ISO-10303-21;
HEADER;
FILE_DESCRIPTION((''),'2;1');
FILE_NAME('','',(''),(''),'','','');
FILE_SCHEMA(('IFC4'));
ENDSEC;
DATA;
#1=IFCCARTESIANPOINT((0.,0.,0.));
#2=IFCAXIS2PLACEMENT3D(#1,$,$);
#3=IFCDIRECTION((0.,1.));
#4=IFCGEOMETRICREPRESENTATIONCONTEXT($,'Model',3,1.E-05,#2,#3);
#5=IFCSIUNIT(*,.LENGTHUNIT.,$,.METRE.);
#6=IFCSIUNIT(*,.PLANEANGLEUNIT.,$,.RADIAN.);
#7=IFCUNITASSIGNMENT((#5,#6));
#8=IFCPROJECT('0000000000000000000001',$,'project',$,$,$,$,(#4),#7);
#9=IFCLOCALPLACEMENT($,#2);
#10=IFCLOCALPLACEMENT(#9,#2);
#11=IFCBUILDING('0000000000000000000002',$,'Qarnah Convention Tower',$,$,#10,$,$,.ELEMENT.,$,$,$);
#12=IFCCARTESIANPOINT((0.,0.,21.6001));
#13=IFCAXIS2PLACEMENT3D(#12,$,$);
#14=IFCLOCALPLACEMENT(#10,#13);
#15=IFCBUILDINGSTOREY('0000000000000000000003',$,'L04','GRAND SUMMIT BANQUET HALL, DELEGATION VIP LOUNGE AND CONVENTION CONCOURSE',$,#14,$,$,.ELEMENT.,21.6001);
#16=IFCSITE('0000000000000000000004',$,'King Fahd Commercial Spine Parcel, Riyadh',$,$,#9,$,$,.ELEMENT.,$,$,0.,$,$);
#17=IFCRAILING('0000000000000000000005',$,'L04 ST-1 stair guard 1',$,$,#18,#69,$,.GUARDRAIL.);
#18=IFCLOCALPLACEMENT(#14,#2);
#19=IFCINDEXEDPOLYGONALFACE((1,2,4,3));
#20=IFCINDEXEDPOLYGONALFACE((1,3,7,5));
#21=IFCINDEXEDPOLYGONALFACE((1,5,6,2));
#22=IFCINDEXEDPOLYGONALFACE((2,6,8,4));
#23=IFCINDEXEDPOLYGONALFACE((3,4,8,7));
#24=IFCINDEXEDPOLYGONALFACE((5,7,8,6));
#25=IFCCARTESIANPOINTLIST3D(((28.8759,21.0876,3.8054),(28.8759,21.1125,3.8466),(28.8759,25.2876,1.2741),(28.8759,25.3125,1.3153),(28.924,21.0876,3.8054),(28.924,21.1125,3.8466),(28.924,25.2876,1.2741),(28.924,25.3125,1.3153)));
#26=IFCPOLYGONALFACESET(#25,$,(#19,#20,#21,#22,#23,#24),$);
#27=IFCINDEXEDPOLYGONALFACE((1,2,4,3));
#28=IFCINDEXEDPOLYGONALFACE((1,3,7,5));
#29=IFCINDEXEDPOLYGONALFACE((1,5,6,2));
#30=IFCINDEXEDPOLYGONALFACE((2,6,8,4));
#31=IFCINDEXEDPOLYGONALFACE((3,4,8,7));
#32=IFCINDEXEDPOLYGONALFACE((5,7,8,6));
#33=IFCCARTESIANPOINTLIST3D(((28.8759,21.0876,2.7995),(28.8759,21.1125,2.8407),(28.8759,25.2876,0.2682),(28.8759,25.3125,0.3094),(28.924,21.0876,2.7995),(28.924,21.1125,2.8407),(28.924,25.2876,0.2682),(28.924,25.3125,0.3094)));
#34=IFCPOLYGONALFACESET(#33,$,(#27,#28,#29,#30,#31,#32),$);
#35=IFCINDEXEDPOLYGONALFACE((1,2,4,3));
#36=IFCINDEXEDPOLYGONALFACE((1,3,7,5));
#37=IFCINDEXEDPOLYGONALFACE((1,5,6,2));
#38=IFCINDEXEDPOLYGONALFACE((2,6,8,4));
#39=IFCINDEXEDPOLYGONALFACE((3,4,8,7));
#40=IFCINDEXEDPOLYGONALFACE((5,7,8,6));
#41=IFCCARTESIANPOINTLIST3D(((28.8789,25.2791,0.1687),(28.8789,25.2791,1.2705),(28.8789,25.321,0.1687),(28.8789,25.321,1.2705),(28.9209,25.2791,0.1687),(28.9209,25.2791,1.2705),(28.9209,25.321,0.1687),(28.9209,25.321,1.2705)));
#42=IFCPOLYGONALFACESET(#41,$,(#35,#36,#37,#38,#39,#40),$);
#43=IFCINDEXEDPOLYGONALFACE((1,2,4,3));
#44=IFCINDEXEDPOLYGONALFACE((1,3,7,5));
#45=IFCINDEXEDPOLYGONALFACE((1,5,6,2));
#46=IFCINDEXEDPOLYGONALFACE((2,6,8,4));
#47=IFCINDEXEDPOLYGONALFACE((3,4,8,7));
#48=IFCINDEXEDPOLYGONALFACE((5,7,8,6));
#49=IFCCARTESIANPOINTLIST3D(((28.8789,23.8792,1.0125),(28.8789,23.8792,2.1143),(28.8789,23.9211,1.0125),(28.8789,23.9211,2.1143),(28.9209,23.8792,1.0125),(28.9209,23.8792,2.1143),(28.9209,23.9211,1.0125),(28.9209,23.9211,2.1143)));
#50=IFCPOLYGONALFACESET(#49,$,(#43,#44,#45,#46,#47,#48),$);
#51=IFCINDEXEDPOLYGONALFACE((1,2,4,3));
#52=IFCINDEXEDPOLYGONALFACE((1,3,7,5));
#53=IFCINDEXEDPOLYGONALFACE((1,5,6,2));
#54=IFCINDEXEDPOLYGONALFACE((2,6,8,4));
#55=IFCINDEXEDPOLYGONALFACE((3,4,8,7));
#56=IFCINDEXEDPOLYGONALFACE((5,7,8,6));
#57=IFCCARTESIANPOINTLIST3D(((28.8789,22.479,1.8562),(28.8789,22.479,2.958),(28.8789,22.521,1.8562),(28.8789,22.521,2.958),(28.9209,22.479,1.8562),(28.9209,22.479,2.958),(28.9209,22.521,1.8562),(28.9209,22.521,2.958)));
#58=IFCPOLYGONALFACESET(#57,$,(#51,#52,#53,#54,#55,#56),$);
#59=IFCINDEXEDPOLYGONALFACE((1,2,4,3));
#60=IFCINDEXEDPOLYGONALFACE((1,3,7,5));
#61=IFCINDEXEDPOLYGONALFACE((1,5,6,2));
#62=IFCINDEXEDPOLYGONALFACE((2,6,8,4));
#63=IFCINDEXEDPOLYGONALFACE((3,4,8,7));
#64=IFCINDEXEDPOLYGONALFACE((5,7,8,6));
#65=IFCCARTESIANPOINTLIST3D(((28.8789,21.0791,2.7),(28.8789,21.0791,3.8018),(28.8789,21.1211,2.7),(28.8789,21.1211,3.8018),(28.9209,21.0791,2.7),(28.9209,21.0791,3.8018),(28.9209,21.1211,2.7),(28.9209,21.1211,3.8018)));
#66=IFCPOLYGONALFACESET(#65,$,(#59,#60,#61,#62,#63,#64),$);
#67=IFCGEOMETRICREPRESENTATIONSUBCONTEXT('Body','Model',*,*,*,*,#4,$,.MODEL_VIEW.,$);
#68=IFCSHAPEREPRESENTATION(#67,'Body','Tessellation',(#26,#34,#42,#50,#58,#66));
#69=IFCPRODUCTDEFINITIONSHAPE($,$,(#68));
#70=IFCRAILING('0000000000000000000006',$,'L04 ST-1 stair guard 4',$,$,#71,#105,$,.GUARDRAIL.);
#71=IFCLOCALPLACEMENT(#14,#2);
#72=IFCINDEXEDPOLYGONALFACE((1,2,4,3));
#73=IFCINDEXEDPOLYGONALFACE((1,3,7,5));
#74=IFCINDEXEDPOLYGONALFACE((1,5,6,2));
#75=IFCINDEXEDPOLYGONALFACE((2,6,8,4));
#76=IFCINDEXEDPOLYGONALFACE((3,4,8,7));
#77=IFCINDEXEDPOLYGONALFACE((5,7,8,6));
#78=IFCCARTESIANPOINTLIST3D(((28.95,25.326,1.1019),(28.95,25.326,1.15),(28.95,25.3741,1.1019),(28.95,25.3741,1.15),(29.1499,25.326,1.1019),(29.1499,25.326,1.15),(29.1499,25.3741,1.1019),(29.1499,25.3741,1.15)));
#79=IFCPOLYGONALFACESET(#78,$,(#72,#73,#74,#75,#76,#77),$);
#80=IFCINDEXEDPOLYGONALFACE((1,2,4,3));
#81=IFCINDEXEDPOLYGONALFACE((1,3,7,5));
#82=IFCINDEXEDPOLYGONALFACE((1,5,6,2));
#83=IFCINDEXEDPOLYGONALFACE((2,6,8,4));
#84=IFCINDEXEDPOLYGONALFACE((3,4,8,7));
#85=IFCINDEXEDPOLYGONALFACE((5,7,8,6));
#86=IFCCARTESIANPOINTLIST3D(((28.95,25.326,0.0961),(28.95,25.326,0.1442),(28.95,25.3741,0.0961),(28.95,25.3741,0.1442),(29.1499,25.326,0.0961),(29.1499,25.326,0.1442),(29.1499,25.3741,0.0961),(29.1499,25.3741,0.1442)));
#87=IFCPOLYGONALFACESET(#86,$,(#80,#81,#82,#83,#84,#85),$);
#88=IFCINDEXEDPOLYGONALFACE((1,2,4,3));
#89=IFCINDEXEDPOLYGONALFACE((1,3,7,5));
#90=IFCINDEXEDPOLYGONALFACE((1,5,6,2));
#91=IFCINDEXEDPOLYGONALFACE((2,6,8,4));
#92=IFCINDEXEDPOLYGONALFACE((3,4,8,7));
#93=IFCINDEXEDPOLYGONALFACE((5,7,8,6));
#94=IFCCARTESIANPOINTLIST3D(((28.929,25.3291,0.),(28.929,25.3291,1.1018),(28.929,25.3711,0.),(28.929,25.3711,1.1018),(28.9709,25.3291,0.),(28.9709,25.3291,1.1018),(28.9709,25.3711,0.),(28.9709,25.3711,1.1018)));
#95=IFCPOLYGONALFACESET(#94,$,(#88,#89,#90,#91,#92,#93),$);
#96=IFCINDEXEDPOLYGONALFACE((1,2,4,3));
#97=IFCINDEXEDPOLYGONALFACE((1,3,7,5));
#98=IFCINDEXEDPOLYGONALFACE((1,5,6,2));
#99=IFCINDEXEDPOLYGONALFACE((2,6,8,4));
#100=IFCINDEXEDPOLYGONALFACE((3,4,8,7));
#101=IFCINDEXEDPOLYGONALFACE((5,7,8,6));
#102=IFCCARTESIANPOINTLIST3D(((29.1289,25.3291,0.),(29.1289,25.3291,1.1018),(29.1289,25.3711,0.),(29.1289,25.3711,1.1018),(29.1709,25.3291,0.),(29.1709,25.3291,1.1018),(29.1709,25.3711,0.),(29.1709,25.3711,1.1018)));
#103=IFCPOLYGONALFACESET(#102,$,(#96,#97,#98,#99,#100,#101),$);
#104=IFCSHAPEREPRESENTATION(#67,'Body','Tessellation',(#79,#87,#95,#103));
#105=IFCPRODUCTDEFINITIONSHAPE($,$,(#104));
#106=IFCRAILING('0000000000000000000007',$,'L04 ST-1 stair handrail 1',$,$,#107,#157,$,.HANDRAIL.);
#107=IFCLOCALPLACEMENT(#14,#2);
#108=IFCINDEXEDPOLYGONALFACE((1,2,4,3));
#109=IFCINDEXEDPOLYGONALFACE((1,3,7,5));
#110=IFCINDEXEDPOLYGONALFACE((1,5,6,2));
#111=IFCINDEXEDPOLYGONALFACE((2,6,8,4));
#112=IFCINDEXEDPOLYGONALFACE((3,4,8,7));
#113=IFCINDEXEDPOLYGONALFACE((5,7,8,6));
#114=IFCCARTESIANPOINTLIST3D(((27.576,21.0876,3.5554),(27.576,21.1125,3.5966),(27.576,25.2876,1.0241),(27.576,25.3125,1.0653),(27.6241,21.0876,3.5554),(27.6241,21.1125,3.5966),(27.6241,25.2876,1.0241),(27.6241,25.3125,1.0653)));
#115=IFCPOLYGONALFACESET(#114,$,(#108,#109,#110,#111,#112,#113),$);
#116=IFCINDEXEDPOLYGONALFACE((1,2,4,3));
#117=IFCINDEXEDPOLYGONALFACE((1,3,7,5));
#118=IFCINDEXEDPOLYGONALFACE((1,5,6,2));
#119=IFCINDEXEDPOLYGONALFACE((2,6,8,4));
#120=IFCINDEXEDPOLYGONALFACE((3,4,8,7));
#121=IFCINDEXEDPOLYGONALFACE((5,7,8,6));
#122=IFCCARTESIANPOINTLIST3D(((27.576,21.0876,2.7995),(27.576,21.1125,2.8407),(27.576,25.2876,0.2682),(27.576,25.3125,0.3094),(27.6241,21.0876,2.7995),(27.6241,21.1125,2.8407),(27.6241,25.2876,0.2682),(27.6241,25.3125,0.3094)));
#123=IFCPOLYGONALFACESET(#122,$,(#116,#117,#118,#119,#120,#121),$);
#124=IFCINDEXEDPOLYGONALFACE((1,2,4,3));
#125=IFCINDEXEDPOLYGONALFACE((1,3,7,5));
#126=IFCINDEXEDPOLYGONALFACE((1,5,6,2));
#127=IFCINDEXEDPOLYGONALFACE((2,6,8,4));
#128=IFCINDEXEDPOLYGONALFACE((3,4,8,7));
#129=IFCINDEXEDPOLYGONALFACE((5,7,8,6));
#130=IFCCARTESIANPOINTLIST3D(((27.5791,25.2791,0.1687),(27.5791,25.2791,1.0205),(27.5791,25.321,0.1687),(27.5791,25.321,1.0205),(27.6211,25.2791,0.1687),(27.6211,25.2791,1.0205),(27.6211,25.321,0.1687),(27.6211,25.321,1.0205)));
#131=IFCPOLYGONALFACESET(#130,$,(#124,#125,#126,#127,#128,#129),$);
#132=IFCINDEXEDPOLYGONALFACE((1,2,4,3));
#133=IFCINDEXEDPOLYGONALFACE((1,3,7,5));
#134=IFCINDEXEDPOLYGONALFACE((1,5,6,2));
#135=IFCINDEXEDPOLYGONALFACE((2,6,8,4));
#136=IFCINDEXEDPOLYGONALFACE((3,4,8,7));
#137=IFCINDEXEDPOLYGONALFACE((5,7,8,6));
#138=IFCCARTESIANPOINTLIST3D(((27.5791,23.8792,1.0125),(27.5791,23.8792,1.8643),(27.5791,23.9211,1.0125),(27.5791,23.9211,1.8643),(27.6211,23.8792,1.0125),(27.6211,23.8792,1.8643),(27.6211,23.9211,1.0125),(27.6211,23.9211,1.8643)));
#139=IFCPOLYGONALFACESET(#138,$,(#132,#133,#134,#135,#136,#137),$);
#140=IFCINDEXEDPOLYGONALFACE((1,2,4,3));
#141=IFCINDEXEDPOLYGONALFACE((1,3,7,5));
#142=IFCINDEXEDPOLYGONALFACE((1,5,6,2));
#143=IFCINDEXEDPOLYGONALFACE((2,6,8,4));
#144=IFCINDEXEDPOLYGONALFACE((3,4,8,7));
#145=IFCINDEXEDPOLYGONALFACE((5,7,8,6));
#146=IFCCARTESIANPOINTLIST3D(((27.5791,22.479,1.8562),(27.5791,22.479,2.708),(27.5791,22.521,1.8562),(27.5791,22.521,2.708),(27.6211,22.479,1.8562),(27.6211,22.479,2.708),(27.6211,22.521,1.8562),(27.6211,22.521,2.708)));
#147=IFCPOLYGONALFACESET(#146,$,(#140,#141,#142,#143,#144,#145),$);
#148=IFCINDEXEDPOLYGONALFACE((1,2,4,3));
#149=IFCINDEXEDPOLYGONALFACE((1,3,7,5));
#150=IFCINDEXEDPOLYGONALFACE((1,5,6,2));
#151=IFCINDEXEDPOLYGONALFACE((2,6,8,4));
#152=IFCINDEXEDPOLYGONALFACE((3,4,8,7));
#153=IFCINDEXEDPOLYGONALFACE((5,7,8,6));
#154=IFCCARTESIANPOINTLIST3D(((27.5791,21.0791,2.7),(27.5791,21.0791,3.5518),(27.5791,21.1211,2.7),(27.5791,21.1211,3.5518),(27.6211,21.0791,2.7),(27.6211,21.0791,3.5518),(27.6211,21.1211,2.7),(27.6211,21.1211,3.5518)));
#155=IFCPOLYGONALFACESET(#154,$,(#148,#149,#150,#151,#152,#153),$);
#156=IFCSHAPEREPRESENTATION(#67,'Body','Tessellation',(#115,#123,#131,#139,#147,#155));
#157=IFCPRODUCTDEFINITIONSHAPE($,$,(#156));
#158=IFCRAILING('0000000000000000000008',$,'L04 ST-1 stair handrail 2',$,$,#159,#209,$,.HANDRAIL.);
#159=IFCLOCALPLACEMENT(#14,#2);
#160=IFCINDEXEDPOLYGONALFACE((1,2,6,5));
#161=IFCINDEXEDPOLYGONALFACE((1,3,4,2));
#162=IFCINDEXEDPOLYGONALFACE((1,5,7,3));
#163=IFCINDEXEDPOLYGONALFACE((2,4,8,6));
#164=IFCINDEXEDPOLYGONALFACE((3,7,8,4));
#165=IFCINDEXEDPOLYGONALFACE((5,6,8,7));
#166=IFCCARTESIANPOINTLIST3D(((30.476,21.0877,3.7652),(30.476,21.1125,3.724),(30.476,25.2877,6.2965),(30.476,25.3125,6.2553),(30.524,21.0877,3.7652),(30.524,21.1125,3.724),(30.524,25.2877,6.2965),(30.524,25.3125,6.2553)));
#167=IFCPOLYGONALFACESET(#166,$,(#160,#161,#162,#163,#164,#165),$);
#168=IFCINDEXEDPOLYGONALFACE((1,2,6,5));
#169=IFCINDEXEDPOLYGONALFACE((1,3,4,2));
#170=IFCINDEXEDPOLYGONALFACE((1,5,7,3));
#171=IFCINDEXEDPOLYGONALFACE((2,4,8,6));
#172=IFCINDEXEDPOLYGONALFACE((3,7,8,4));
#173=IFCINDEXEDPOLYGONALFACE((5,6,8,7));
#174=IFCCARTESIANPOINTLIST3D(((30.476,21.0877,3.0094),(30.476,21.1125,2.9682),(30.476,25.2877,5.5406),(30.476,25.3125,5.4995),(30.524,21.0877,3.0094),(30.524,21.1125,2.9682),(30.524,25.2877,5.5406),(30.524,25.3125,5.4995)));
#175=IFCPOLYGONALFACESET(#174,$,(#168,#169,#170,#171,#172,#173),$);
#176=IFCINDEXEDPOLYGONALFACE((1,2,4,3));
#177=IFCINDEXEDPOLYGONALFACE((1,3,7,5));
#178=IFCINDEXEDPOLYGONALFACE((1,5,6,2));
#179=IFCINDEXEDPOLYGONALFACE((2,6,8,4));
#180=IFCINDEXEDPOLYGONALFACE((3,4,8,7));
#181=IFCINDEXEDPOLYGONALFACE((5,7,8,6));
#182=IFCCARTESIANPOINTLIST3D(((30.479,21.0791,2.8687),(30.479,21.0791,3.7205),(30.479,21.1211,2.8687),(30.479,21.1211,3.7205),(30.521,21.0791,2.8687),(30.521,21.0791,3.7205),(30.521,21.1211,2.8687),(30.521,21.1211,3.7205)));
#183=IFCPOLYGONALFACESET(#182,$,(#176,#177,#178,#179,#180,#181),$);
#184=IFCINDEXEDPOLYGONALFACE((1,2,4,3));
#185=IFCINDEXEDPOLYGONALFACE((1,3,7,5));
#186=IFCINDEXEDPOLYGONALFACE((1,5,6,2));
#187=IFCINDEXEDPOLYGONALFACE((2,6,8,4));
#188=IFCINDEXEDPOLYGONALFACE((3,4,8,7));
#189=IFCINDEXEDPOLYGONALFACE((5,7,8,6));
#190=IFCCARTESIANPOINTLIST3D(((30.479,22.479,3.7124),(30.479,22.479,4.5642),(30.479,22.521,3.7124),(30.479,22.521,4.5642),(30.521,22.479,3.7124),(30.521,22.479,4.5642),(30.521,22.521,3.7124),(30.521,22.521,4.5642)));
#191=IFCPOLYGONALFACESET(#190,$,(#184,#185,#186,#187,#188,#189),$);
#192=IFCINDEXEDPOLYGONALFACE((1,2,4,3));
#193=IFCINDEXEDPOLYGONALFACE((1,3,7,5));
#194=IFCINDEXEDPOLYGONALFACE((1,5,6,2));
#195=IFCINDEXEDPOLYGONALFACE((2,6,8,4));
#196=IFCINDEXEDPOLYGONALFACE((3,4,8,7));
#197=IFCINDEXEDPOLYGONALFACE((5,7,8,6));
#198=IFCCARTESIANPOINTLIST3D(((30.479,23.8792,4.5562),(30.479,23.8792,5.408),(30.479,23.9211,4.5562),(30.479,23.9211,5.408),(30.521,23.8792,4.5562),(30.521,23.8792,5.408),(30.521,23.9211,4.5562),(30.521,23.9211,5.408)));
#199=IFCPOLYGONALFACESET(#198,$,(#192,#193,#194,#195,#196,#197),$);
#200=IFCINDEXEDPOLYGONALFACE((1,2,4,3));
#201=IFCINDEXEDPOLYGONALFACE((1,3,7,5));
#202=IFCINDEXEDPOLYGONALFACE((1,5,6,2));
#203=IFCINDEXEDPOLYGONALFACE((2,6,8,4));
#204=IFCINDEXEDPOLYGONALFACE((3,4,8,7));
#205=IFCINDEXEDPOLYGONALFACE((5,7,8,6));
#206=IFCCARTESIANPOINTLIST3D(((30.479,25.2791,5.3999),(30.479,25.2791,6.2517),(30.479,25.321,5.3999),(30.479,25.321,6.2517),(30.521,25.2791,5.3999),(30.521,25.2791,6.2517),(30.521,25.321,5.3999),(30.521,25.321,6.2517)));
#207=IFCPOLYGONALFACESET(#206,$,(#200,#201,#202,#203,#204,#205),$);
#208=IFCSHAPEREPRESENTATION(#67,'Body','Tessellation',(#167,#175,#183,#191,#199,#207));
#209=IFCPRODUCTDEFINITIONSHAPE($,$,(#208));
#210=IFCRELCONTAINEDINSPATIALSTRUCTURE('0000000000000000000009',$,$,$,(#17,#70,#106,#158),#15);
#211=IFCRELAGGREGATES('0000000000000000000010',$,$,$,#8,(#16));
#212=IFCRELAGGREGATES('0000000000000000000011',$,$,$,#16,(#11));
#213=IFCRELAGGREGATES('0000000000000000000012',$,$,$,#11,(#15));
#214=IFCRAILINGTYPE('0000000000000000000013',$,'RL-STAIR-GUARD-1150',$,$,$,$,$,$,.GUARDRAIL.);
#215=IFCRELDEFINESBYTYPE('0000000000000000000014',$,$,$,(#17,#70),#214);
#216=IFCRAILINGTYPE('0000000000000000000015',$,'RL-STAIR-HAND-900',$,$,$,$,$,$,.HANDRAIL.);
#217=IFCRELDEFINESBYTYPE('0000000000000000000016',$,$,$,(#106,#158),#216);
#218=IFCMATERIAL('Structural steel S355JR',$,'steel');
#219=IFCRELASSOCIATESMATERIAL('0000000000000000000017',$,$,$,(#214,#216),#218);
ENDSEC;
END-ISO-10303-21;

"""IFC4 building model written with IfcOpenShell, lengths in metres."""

from ifc_helpers import new_model, si_unit, direction, frame, origin, origin_2d, place, context, subcontext, project, spatial, rectangle, extrude, material, type_object, element, save


model = new_model("IFC4")

# Units and contexts
model_context = context("Model", 3, precision=1e-05, world=origin(), true_north=direction((0.0, 1.0)))
body_context = subcontext(model_context, "Body", "Model", "MODEL_VIEW")
ifc_project = project(units=[si_unit("LENGTHUNIT", "METRE"), si_unit("PLANEANGLEUNIT", "RADIAN")], contexts=[model_context])

# Site, building, storey
site_placement = place(None, origin())
site = spatial("IfcSite", under=ifc_project, at=site_placement, Name="King Fahd Commercial Spine Parcel, Riyadh", CompositionType="ELEMENT", RefElevation=0.0)
building_placement = place(site_placement, origin())
building = spatial("IfcBuilding", under=site, at=building_placement, Name="Qarnah Convention Tower", CompositionType="ELEMENT")
storey_placement = place(building_placement, frame((0.0, 0.0, 21.6001)))
storey = spatial("IfcBuildingStorey", under=building, at=storey_placement, Name="L04", Description="GRAND SUMMIT BANQUET HALL, DELEGATION VIP LOUNGE AND CONVENTION CONCOURSE", CompositionType="ELEMENT", Elevation=21.6001)

# Shared definitions
ifc_material_1 = material(Name="Structural steel S355JR", Category="steel")

# Railings
railing_type_1 = type_object("IfcRailingType", Name="RL-STAIR-GUARD-1150", PredefinedType="GUARDRAIL", material=ifc_material_1)
railing_1_placement = place(storey_placement, frame((28.8999, 25.3, 0.1687)))
element("IfcRailing", 1, at=railing_1_placement, inside=storey, type_object=railing_type_1, Name="L04 ST-1 stair guard 1", PredefinedType="GUARDRAIL", context=body_context, shape_type="SweptSolid", body=[
    extrude(rectangle(XDim=0.0481, YDim=0.0481, at=origin_2d()), frame((0.0, 0.0, 1.126), z_axis=(0.0, -0.856476, 0.516186), x_axis=(1.0, 0.0, 0.0)), (0.0, 0.0, 1.0), 4.9038),
    extrude(rectangle(XDim=0.0481, YDim=0.0481, at=origin_2d()), frame((0.0, 0.0, 0.1201), z_axis=(0.0, -0.856476, 0.516186), x_axis=(1.0, 0.0, 0.0)), (0.0, 0.0, 1.0), 4.9038),
    extrude(rectangle(XDim=0.042, YDim=0.042, at=origin_2d()), origin(), (0.0, 0.0, 1.0), 1.1018),
    extrude(rectangle(XDim=0.042, YDim=0.042, at=origin_2d()), frame((0.0, -1.3999, 0.8438)), (0.0, 0.0, 1.0), 1.1018),
    extrude(rectangle(XDim=0.042, YDim=0.042, at=origin_2d()), frame((0.0, -2.8, 1.6875)), (0.0, 0.0, 1.0), 1.1018),
    extrude(rectangle(XDim=0.042, YDim=0.042, at=origin_2d()), frame((0.0, -4.2, 2.5312)), (0.0, 0.0, 1.0), 1.1018),
])
railing_2_placement = place(storey_placement, frame((28.95, 25.3501, 0.0)))
element("IfcRailing", 2, at=railing_2_placement, inside=storey, type_object=railing_type_1, Name="L04 ST-1 stair guard 4", PredefinedType="GUARDRAIL", context=body_context, shape_type="SweptSolid", body=[
    extrude(rectangle(XDim=0.0481, YDim=0.0481, at=origin_2d()), frame((0.0, 0.0, 1.126), z_axis=(1.0, 0.0, 0.0), x_axis=(0.0, 1.0, 0.0)), (0.0, 0.0, 1.0), 0.2),
    extrude(rectangle(XDim=0.0481, YDim=0.0481, at=origin_2d()), frame((0.0, 0.0, 0.1201), z_axis=(1.0, 0.0, 0.0), x_axis=(0.0, 1.0, 0.0)), (0.0, 0.0, 1.0), 0.2),
    extrude(rectangle(XDim=0.042, YDim=0.042, at=origin_2d()), origin(), (0.0, 0.0, 1.0), 1.1018),
    extrude(rectangle(XDim=0.042, YDim=0.042, at=origin_2d()), frame((0.2, 0.0, 0.0)), (0.0, 0.0, 1.0), 1.1018),
])
railing_type_2 = type_object("IfcRailingType", Name="RL-STAIR-HAND-900", PredefinedType="HANDRAIL", material=ifc_material_1)
railing_3_placement = place(storey_placement, frame((27.6001, 25.3, 0.1687)))
element("IfcRailing", 3, at=railing_3_placement, inside=storey, type_object=railing_type_2, Name="L04 ST-1 stair handrail 1", PredefinedType="HANDRAIL", context=body_context, shape_type="SweptSolid", body=[
    extrude(rectangle(XDim=0.0481, YDim=0.0481, at=origin_2d()), frame((0.0, 0.0, 0.876), z_axis=(0.0, -0.856476, 0.516186), x_axis=(1.0, 0.0, 0.0)), (0.0, 0.0, 1.0), 4.9038),
    extrude(rectangle(XDim=0.0481, YDim=0.0481, at=origin_2d()), frame((0.0, 0.0, 0.1201), z_axis=(0.0, -0.856476, 0.516186), x_axis=(1.0, 0.0, 0.0)), (0.0, 0.0, 1.0), 4.9038),
    extrude(rectangle(XDim=0.042, YDim=0.042, at=origin_2d()), origin(), (0.0, 0.0, 1.0), 0.8518),
    extrude(rectangle(XDim=0.042, YDim=0.042, at=origin_2d()), frame((0.0, -1.3999, 0.8438)), (0.0, 0.0, 1.0), 0.8518),
    extrude(rectangle(XDim=0.042, YDim=0.042, at=origin_2d()), frame((0.0, -2.8, 1.6875)), (0.0, 0.0, 1.0), 0.8518),
    extrude(rectangle(XDim=0.042, YDim=0.042, at=origin_2d()), frame((0.0, -4.2, 2.5312)), (0.0, 0.0, 1.0), 0.8518),
])
railing_4_placement = place(storey_placement, frame((30.5, 21.1001, 2.8687)))
element("IfcRailing", 4, at=railing_4_placement, inside=storey, type_object=railing_type_2, Name="L04 ST-1 stair handrail 2", PredefinedType="HANDRAIL", context=body_context, shape_type="SweptSolid", body=[
    extrude(rectangle(XDim=0.0481, YDim=0.0481, at=origin_2d()), frame((0.0, 0.0, 0.876), z_axis=(0.0, 0.856476, 0.516186), x_axis=(-1.0, 0.0, 0.0)), (0.0, 0.0, 1.0), 4.9038),
    extrude(rectangle(XDim=0.0481, YDim=0.0481, at=origin_2d()), frame((0.0, 0.0, 0.1201), z_axis=(0.0, 0.856476, 0.516186), x_axis=(-1.0, 0.0, 0.0)), (0.0, 0.0, 1.0), 4.9038),
    extrude(rectangle(XDim=0.042, YDim=0.042, at=origin_2d()), origin(), (0.0, 0.0, 1.0), 0.8518),
    extrude(rectangle(XDim=0.042, YDim=0.042, at=origin_2d()), frame((0.0, 1.3999, 0.8438)), (0.0, 0.0, 1.0), 0.8518),
    extrude(rectangle(XDim=0.042, YDim=0.042, at=origin_2d()), frame((0.0, 2.8, 1.6875)), (0.0, 0.0, 1.0), 0.8518),
    extrude(rectangle(XDim=0.042, YDim=0.042, at=origin_2d()), frame((0.0, 4.2, 2.5312)), (0.0, 0.0, 1.0), 0.8518),
])

save(model, "model.ifc")
